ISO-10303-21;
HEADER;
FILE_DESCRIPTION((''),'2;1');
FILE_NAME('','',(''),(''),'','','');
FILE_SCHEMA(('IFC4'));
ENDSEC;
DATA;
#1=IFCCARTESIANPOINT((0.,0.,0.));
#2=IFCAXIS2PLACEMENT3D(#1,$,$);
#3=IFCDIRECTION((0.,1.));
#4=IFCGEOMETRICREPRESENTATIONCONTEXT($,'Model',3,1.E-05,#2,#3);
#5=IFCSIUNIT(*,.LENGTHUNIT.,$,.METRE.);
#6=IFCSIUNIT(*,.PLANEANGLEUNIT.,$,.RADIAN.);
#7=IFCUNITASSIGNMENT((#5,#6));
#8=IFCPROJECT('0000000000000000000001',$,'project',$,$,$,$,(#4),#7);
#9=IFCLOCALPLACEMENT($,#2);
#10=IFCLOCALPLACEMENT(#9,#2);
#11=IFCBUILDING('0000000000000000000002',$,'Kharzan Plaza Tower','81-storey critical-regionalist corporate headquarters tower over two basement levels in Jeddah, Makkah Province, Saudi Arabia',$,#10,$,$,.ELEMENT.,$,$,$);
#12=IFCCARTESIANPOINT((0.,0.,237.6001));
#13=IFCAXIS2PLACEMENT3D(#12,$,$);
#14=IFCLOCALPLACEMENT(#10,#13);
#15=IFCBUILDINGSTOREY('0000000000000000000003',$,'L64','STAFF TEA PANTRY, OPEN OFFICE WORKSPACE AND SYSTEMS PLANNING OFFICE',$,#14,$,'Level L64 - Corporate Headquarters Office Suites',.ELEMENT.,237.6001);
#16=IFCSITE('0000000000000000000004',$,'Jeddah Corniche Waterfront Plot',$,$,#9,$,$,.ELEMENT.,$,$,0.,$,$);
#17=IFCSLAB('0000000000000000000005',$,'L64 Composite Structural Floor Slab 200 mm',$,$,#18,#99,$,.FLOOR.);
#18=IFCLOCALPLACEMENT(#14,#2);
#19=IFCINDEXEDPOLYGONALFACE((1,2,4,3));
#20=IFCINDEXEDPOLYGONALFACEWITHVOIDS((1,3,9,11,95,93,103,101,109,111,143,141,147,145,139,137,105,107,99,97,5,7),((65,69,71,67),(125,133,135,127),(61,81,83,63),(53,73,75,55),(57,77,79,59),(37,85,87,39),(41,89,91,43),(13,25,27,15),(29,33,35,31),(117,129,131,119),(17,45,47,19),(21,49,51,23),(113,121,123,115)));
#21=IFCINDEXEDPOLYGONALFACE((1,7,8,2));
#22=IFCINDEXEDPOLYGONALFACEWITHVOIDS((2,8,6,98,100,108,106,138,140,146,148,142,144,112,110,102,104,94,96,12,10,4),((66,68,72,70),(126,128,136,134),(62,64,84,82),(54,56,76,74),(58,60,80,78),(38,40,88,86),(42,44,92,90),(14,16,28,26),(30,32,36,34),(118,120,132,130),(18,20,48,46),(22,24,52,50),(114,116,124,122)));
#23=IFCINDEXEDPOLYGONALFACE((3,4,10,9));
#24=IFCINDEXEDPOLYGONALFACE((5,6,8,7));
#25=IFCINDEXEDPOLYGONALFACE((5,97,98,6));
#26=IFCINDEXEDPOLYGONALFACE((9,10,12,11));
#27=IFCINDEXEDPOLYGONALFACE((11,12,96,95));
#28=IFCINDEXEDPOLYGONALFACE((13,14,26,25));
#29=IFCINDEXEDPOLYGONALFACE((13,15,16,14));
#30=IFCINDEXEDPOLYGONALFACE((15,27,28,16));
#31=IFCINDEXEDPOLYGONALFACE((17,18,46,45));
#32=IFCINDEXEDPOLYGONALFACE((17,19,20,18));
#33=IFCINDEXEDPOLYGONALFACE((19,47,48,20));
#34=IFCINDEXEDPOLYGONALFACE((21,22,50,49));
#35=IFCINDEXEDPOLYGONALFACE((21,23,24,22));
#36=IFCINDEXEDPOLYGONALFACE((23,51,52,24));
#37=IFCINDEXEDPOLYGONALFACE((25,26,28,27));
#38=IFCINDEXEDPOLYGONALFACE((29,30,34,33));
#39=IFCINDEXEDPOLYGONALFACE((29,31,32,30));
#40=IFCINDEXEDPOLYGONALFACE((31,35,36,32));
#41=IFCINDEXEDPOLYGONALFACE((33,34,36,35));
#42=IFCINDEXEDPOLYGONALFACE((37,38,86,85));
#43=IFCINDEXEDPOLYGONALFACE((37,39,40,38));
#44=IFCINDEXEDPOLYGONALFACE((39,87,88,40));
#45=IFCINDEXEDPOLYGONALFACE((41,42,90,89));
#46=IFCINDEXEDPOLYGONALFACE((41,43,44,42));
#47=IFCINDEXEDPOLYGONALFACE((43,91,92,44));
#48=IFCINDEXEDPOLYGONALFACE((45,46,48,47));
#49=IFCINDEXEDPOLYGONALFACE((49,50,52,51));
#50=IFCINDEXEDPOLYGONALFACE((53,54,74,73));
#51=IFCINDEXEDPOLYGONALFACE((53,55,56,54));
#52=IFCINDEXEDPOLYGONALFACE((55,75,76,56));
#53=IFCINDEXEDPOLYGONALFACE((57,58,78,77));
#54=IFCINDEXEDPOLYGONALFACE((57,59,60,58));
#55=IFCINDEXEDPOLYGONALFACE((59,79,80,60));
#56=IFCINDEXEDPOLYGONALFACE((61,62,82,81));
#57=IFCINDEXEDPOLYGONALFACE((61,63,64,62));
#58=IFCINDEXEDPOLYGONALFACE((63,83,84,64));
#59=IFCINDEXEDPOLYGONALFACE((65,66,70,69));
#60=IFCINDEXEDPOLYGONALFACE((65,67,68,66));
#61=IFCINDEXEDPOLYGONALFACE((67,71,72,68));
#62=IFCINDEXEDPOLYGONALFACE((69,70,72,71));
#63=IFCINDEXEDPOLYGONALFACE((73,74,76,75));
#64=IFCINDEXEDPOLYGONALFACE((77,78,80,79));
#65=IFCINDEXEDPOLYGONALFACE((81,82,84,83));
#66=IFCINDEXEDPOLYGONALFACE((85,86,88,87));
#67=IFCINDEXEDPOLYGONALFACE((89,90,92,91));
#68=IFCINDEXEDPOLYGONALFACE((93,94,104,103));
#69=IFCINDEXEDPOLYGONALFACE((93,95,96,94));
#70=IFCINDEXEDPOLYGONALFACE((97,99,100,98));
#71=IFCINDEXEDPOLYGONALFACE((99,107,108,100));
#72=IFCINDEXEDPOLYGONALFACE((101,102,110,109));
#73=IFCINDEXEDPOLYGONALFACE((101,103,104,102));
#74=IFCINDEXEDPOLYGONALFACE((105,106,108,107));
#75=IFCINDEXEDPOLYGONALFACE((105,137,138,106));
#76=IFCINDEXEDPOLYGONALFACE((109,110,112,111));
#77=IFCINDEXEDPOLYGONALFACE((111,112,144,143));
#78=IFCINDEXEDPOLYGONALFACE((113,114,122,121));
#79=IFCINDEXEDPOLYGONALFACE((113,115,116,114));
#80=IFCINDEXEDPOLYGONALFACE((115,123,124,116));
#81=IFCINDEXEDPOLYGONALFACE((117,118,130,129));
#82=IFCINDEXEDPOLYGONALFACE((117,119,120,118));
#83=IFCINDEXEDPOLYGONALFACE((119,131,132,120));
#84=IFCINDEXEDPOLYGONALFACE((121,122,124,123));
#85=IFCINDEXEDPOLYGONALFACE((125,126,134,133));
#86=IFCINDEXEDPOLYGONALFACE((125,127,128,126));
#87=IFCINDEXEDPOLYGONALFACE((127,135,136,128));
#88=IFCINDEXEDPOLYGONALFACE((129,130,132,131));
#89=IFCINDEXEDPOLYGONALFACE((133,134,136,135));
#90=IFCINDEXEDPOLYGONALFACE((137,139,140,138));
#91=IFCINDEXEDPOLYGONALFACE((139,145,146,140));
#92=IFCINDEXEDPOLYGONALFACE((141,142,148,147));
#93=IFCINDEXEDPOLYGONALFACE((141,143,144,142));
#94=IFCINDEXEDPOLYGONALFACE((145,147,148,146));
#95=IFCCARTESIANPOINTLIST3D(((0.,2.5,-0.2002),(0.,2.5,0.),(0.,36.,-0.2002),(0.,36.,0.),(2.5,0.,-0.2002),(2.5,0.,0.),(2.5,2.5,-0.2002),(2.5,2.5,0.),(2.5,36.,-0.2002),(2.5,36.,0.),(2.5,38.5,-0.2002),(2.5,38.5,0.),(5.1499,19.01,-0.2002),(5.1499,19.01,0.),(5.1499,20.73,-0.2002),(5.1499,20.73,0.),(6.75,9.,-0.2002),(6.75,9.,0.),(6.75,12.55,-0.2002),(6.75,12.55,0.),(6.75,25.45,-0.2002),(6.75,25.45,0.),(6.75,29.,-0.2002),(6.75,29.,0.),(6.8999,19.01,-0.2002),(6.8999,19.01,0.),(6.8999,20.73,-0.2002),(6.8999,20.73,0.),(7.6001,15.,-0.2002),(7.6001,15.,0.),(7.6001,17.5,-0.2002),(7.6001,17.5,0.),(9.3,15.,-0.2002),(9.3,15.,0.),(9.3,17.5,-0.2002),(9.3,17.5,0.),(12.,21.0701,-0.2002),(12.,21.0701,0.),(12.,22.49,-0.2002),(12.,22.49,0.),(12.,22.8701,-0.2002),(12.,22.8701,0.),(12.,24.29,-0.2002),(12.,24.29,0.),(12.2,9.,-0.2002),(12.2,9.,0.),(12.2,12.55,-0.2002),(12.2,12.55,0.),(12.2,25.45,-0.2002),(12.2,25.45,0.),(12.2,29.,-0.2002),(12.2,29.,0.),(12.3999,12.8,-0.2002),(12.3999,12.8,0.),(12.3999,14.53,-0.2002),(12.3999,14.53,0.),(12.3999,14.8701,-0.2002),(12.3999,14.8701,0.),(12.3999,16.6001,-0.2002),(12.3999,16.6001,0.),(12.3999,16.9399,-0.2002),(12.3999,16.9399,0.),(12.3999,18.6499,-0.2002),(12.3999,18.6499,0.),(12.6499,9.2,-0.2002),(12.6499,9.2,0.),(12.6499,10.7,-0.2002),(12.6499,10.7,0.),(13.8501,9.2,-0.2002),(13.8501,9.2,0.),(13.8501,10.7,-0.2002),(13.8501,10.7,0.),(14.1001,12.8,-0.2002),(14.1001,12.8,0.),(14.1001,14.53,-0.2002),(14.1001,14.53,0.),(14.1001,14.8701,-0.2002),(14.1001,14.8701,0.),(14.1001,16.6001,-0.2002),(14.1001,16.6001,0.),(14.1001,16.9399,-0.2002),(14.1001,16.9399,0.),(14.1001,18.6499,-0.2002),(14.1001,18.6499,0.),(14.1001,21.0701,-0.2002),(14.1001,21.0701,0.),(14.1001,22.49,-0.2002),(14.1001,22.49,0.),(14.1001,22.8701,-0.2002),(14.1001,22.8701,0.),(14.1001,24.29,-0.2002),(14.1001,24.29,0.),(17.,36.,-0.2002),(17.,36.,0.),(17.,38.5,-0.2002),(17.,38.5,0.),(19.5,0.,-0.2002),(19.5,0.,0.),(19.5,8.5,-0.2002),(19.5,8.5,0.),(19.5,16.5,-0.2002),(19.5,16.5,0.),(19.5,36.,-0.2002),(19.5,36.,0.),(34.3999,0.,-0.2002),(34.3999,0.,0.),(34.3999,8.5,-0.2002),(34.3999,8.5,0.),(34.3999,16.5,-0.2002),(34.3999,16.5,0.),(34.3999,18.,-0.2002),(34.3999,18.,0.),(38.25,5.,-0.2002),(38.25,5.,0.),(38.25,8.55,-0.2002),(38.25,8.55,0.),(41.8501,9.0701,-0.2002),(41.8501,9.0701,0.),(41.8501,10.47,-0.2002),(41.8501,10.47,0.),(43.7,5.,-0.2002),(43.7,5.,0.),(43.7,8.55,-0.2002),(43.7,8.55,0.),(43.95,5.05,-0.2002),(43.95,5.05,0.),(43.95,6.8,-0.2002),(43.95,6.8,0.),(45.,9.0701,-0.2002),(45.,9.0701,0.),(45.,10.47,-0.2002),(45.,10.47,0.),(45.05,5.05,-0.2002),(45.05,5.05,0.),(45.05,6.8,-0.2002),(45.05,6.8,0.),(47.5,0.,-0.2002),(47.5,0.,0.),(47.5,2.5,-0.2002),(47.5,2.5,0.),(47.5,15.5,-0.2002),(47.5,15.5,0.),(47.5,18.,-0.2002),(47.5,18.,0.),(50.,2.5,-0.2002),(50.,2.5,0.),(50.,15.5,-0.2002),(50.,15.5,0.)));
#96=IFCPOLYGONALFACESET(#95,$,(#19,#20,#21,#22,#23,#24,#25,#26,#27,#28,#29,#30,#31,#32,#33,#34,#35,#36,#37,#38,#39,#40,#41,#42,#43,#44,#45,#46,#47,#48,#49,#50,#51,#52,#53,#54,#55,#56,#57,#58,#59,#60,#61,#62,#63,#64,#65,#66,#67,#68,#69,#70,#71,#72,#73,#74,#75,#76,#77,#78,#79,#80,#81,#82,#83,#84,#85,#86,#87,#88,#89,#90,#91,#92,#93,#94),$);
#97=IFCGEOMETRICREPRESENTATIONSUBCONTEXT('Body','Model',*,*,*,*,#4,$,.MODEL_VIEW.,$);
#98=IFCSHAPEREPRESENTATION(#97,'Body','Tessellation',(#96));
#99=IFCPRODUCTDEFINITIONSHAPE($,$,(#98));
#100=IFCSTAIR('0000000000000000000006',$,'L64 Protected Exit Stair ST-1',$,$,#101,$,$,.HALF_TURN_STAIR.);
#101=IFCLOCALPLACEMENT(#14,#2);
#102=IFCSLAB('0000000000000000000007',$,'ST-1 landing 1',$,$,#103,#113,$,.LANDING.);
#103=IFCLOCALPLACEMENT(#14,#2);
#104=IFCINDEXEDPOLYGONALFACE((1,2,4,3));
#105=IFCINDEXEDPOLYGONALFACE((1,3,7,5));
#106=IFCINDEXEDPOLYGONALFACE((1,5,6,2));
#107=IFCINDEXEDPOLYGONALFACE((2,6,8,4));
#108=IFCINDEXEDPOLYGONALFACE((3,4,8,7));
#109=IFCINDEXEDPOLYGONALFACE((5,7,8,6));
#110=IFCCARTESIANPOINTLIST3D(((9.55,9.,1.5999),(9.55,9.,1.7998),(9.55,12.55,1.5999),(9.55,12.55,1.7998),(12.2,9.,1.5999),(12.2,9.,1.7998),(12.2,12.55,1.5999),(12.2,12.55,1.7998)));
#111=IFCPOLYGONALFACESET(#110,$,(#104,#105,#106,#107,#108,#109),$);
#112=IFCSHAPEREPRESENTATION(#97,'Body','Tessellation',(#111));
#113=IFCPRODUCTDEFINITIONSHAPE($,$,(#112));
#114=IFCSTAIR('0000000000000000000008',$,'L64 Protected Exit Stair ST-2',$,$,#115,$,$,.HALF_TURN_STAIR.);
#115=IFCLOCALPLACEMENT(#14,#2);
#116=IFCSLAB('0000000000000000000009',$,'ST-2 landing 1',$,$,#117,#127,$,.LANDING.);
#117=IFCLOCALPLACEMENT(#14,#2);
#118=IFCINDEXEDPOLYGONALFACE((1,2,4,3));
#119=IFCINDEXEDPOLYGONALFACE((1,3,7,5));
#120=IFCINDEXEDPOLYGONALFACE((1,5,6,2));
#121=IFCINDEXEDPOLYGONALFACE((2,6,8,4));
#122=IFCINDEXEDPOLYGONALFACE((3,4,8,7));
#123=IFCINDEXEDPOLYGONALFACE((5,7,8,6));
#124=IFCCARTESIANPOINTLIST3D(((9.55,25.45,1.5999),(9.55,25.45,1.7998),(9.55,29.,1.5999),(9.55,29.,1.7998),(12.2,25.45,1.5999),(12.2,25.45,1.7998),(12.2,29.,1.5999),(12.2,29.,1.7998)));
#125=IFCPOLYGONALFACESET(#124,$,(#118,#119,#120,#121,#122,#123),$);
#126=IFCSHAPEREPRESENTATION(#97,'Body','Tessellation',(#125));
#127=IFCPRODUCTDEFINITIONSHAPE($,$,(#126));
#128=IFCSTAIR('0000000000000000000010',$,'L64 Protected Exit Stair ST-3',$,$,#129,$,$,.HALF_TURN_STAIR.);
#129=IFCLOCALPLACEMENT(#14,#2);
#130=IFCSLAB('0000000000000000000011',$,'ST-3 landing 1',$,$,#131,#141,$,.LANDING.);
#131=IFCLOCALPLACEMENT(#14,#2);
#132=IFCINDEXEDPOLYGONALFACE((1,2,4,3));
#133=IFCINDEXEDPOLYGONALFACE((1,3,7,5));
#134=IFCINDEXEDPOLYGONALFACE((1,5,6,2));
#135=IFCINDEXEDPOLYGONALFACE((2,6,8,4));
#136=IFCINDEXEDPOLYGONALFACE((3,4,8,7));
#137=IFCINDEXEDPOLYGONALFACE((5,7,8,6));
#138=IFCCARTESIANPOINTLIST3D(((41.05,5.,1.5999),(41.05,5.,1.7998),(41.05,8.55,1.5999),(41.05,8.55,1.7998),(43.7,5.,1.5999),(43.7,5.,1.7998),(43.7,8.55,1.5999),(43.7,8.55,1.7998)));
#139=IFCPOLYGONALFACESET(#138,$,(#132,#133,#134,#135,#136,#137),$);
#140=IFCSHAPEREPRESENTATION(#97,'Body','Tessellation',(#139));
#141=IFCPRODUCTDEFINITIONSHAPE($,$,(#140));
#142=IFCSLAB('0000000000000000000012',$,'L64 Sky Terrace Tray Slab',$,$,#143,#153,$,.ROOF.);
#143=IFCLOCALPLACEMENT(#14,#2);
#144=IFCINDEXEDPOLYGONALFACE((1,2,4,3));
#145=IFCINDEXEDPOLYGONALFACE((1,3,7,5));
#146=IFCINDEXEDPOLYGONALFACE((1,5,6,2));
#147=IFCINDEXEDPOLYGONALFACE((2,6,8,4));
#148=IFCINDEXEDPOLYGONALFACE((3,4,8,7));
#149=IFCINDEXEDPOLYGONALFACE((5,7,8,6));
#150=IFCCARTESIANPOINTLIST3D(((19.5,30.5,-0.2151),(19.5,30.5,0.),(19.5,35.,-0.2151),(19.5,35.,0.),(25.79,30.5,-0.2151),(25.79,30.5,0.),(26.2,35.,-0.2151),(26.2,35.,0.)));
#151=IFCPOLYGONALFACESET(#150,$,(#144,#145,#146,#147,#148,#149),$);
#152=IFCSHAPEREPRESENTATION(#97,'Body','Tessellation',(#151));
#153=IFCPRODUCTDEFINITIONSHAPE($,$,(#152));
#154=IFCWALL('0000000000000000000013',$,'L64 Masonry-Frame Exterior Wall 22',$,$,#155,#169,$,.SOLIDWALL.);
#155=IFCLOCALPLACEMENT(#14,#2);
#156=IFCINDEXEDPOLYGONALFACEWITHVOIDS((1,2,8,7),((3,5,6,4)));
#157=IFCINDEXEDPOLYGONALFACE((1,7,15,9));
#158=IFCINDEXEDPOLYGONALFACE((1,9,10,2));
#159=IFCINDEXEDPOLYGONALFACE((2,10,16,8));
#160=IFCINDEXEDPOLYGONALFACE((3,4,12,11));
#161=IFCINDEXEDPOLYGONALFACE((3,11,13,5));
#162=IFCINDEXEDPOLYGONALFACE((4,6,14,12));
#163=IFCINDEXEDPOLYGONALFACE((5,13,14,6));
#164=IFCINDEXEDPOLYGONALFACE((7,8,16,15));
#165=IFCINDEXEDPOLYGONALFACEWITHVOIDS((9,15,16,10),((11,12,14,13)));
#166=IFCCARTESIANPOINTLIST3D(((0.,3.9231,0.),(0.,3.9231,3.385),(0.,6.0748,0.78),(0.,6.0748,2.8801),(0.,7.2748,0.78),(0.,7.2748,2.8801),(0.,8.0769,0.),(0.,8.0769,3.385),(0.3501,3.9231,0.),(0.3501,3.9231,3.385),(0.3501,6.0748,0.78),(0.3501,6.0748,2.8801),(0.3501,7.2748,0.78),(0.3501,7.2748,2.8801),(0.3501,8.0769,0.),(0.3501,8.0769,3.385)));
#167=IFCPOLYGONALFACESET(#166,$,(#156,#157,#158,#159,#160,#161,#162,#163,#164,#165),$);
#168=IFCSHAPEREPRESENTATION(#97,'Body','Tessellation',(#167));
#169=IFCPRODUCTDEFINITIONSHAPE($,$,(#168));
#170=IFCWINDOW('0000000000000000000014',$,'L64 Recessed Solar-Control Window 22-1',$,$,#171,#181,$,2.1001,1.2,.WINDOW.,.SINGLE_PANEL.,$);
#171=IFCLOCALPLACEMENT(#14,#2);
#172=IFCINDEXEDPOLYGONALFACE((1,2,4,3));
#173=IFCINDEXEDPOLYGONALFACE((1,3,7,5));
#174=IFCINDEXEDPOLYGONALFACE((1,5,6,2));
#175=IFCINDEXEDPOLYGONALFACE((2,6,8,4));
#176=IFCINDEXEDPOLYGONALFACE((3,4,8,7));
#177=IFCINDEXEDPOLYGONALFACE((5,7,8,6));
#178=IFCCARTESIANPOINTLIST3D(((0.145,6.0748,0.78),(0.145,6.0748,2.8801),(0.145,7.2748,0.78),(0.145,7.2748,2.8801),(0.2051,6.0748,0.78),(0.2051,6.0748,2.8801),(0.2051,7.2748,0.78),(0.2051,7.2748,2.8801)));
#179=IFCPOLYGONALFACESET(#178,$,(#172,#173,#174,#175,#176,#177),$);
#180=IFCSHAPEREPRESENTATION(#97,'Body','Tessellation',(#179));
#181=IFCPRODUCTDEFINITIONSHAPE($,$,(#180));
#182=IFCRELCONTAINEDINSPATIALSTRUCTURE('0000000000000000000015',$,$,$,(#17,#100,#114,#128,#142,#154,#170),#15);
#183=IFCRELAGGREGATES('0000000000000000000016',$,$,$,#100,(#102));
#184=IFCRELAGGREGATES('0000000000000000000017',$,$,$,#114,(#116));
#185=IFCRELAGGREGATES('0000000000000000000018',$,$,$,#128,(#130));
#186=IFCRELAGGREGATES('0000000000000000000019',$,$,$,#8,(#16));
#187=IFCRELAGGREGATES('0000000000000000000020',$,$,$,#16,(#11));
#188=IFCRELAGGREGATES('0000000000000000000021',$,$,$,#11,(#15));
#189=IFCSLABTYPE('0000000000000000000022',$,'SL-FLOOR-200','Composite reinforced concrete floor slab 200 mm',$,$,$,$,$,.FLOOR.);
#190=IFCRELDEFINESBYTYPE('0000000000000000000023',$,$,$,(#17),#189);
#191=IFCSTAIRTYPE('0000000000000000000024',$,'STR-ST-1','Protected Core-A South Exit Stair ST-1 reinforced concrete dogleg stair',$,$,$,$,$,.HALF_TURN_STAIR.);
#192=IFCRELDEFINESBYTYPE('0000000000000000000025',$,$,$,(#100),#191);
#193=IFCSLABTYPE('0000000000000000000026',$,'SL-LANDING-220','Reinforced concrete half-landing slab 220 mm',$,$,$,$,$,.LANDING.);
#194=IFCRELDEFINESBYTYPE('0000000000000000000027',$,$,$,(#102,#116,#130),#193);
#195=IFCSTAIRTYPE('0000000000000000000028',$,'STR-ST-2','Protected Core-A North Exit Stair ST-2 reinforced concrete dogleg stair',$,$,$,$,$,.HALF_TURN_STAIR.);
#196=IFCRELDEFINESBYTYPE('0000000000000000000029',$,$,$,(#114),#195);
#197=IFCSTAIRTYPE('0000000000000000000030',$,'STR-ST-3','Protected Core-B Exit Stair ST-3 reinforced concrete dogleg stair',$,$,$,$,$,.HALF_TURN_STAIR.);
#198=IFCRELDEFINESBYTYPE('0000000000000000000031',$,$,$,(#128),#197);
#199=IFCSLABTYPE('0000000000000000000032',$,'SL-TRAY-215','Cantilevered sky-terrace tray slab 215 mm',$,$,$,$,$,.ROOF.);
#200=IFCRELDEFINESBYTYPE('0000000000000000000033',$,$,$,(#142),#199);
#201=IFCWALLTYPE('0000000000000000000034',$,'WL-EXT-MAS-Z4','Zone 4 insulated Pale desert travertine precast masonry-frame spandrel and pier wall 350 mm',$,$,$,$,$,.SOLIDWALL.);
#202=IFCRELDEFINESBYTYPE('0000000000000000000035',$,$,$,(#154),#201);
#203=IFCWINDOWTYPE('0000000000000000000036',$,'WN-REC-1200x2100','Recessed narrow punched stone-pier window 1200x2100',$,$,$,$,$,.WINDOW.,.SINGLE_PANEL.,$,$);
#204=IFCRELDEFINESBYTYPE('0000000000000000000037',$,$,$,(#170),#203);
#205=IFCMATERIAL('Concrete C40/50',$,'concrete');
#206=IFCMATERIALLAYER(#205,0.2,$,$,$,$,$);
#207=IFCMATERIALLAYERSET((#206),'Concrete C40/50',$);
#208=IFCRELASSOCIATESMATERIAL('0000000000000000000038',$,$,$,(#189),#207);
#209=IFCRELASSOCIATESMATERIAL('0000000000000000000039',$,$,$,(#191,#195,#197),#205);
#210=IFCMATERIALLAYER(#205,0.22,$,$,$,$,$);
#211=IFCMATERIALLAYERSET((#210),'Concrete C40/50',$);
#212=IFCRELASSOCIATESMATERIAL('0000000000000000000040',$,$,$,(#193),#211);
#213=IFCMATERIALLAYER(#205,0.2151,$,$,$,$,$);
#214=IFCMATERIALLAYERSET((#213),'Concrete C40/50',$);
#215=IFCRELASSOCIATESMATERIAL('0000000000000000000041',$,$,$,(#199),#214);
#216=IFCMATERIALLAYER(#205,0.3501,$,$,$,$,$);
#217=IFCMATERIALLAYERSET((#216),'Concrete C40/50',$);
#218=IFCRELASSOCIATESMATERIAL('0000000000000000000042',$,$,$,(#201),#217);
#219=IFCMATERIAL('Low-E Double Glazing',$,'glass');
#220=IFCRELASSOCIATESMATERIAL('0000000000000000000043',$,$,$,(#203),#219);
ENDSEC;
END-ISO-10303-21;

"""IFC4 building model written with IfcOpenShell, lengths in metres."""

from ifc_helpers import new_model, si_unit, direction, frame, frame_2d, origin, place, context, subcontext, project, spatial, polyline, rectangle, outline, extrude, source, transform, mapped, material, layer, layer_set, type_object, element, fill, aggregate, save


model = new_model("IFC4")

# Units and contexts
model_context = context("Model", 3, precision=1e-05, world=origin(), true_north=direction((0.0, 1.0)))
body_context = subcontext(model_context, "Body", "Model", "MODEL_VIEW")
ifc_project = project(units=[si_unit("LENGTHUNIT", "METRE"), si_unit("PLANEANGLEUNIT", "RADIAN")], contexts=[model_context])

# Site, building, storey
site_placement = place(None, origin())
site = spatial("IfcSite", under=ifc_project, at=site_placement, Name="Jeddah Corniche Waterfront Plot", CompositionType="ELEMENT", RefElevation=0.0)
building_placement = place(site_placement, origin())
building = spatial("IfcBuilding", under=site, at=building_placement, Name="Kharzan Plaza Tower", Description="81-storey critical-regionalist corporate headquarters tower over two basement levels in Jeddah, Makkah Province, Saudi Arabia", CompositionType="ELEMENT")
storey_placement = place(building_placement, frame((0.0, 0.0, 237.6001)))
storey = spatial("IfcBuildingStorey", under=building, at=storey_placement, Name="L64", Description="STAFF TEA PANTRY, OPEN OFFICE WORKSPACE AND SYSTEMS PLANNING OFFICE", LongName="Level L64 - Corporate Headquarters Office Suites", CompositionType="ELEMENT", Elevation=237.6001)

# Slab
ifc_material_1 = material(Name="Concrete C40/50", Category="concrete")
ifc_layer_1 = layer(ifc_material_1, 0.2)
ifc_layer_set_1 = layer_set([ifc_layer_1], Name="Concrete C40/50")
slab_type_1 = type_object("IfcSlabType", Name="SL-FLOOR-200", Description="Composite reinforced concrete floor slab 200 mm", PredefinedType="FLOOR", material=ifc_layer_set_1)
slab_1_placement = place(storey_placement, frame((0.0, 0.0, -0.2002)))
element("IfcSlab", 1, at=slab_1_placement, inside=storey, type_object=slab_type_1, Name="L64 Composite Structural Floor Slab 200 mm", PredefinedType="FLOOR", context=body_context, shape_type="SweptSolid", body=[
    extrude(outline(polyline([(34.3999, 16.5), (19.5, 16.5), (19.5, 36.0), (17.0, 36.0), (17.0, 38.5), (2.5, 38.5), (2.5, 36.0), (0.0, 36.0), (0.0, 2.5), (2.5, 2.5), (2.5, 0.0), (19.5, 0.0), (19.5, 8.5), (34.3999, 8.5), (34.3999, 0.0), (47.5, 0.0), (47.5, 2.5), (50.0, 2.5), (50.0, 15.5), (47.5, 15.5), (47.5, 18.0), (34.3999, 18.0), (34.3999, 16.5)]), holes=[polyline([(12.2, 12.55), (6.75, 12.55), (6.75, 9.0), (12.2, 9.0), (12.2, 12.55)]), polyline([(14.1001, 12.8), (14.1001, 14.53), (12.3999, 14.53), (12.3999, 12.8), (14.1001, 12.8)]), polyline([(9.3, 15.0), (9.3, 17.5), (7.6001, 17.5), (7.6001, 15.0), (9.3, 15.0)]), polyline([(6.8999, 20.73), (5.1499, 20.73), (5.1499, 19.01), (6.8999, 19.01), (6.8999, 20.73)]), polyline([(14.1001, 21.0701), (14.1001, 22.49), (12.0, 22.49), (12.0, 21.0701), (14.1001, 21.0701)]), polyline([(14.1001, 22.8701), (14.1001, 24.29), (12.0, 24.29), (12.0, 22.8701), (14.1001, 22.8701)]), polyline([(12.2, 29.0), (6.75, 29.0), (6.75, 25.45), (12.2, 25.45), (12.2, 29.0)]), polyline([(45.05, 5.05), (45.05, 6.8), (43.95, 6.8), (43.95, 5.05), (45.05, 5.05)]), polyline([(43.7, 5.0), (43.7, 8.55), (38.25, 8.55), (38.25, 5.0), (43.7, 5.0)]), polyline([(45.0, 9.0701), (45.0, 10.47), (41.8501, 10.47), (41.8501, 9.0701), (45.0, 9.0701)]), polyline([(13.8501, 9.2), (13.8501, 10.7), (12.6499, 10.7), (12.6499, 9.2), (13.8501, 9.2)]), polyline([(14.1001, 14.8701), (14.1001, 16.6001), (12.3999, 16.6001), (12.3999, 14.8701), (14.1001, 14.8701)]), polyline([(14.1001, 16.9399), (14.1001, 18.6499), (12.3999, 18.6499), (12.3999, 16.9399), (14.1001, 16.9399)])]), origin(), (0.0, 0.0, 1.0), 0.2002),
])

# Stairs, slabs
stair_type_1 = type_object("IfcStairType", Name="STR-ST-1", Description="Protected Core-A South Exit Stair ST-1 reinforced concrete dogleg stair", PredefinedType="HALF_TURN_STAIR", material=ifc_material_1)
stair_1_placement = place(storey_placement, origin())
stair_1 = element("IfcStair", 2, at=stair_1_placement, inside=storey, type_object=stair_type_1, Name="L64 Protected Exit Stair ST-1", PredefinedType="HALF_TURN_STAIR")
ifc_layer_2 = layer(ifc_material_1, 0.22)
ifc_layer_set_2 = layer_set([ifc_layer_2], Name="Concrete C40/50")
slab_type_2 = type_object("IfcSlabType", Name="SL-LANDING-220", Description="Reinforced concrete half-landing slab 220 mm", PredefinedType="LANDING", material=ifc_layer_set_2)
slab_2_placement = place(storey_placement, frame((0.0, 0.0, 1.5999)))
slab_2 = element("IfcSlab", 3, at=slab_2_placement, type_object=slab_type_2, Name="ST-1 landing 1", PredefinedType="LANDING", context=body_context, shape_type="SweptSolid", body=[
    extrude(outline(polyline([(9.55, 9.0), (12.2, 9.0), (12.2, 12.55), (9.55, 12.55), (9.55, 9.0)])), origin(), (0.0, 0.0, 1.0), 0.2),
])
aggregate(stair_1, [slab_2])
stair_type_2 = type_object("IfcStairType", Name="STR-ST-2", Description="Protected Core-A North Exit Stair ST-2 reinforced concrete dogleg stair", PredefinedType="HALF_TURN_STAIR", material=ifc_material_1)
stair_2_placement = place(storey_placement, origin())
stair_2 = element("IfcStair", 4, at=stair_2_placement, inside=storey, type_object=stair_type_2, Name="L64 Protected Exit Stair ST-2", PredefinedType="HALF_TURN_STAIR")
slab_3_placement = place(storey_placement, frame((0.0, 0.0, 1.5999)))
slab_3 = element("IfcSlab", 5, at=slab_3_placement, type_object=slab_type_2, Name="ST-2 landing 1", PredefinedType="LANDING", context=body_context, shape_type="SweptSolid", body=[
    extrude(outline(polyline([(9.55, 25.45), (12.2, 25.45), (12.2, 29.0), (9.55, 29.0), (9.55, 25.45)])), origin(), (0.0, 0.0, 1.0), 0.2),
])
aggregate(stair_2, [slab_3])
stair_type_3 = type_object("IfcStairType", Name="STR-ST-3", Description="Protected Core-B Exit Stair ST-3 reinforced concrete dogleg stair", PredefinedType="HALF_TURN_STAIR", material=ifc_material_1)
stair_3_placement = place(storey_placement, origin())
stair_3 = element("IfcStair", 6, at=stair_3_placement, inside=storey, type_object=stair_type_3, Name="L64 Protected Exit Stair ST-3", PredefinedType="HALF_TURN_STAIR")
slab_4_placement = place(storey_placement, frame((0.0, 0.0, 1.5999)))
slab_4 = element("IfcSlab", 7, at=slab_4_placement, type_object=slab_type_2, Name="ST-3 landing 1", PredefinedType="LANDING", context=body_context, shape_type="SweptSolid", body=[
    extrude(outline(polyline([(41.05, 5.0), (43.7, 5.0), (43.7, 8.55), (41.05, 8.55), (41.05, 5.0)])), origin(), (0.0, 0.0, 1.0), 0.2),
])
aggregate(stair_3, [slab_4])

# Slab
ifc_layer_3 = layer(ifc_material_1, 0.2151)
ifc_layer_set_3 = layer_set([ifc_layer_3], Name="Concrete C40/50")
slab_type_3 = type_object("IfcSlabType", Name="SL-TRAY-215", Description="Cantilevered sky-terrace tray slab 215 mm", PredefinedType="ROOF", material=ifc_layer_set_3)
slab_5_placement = place(storey_placement, frame((0.0, 0.0, -0.2151)))
element("IfcSlab", 8, at=slab_5_placement, inside=storey, type_object=slab_type_3, Name="L64 Sky Terrace Tray Slab", PredefinedType="ROOF", context=body_context, shape_type="SweptSolid", body=[
    extrude(outline(polyline([(19.5, 30.5), (25.79, 30.5), (26.2, 35.0), (19.5, 35.0), (19.5, 30.5)])), origin(), (0.0, 0.0, 1.0), 0.2151),
])

# Wall, opening, window
ifc_layer_4 = layer(ifc_material_1, 0.3501)
ifc_layer_set_4 = layer_set([ifc_layer_4], Name="Concrete C40/50")
wall_type_1 = type_object("IfcWallType", Name="WL-EXT-MAS-Z4", Description="Zone 4 insulated Pale desert travertine precast masonry-frame spandrel and pier wall 350 mm", PredefinedType="SOLIDWALL", material=ifc_layer_set_4)
wall_1_placement = place(storey_placement, frame((0.175, 8.0769, 0.0), z_axis=(0.0, 0.0, 1.0), x_axis=(0.0, -1.0, 0.0)))
wall_1 = element("IfcWall", 9, at=wall_1_placement, inside=storey, type_object=wall_type_1, Name="L64 Masonry-Frame Exterior Wall 22", PredefinedType="SOLIDWALL", context=body_context, shape_type="SweptSolid", body=[
    extrude(rectangle(XDim=4.1538, YDim=0.3501, at=frame_2d((2.0769, 0.0))), origin(), (0.0, 0.0, 1.0), 3.385),
])
opening_1_placement = place(wall_1_placement, frame((0.802, 0.0, 0.78)))
opening_1 = element("IfcOpeningElement", 10, at=opening_1_placement, cuts=wall_1, PredefinedType="OPENING", context=body_context, shape_type="SweptSolid", body=[
    extrude(rectangle(XDim=1.2, YDim=2.1001, at=frame_2d((0.6001, 1.05))), frame((0.0, 0.1851, 0.0), z_axis=(0.0, -1.0, 0.0), x_axis=(1.0, 0.0, 0.0)), (0.0, 0.0, 1.0), 0.3701),
])
ifc_material_2 = material(Name="Low-E Double Glazing", Category="glass")
window_type_1 = type_object("IfcWindowType", Name="WN-REC-1200x2100", Description="Recessed narrow punched stone-pier window 1200x2100", PartitioningType="SINGLE_PANEL", PredefinedType="WINDOW", material=ifc_material_2)
shared_shape_1 = source(origin(), body_context, "Body", "SweptSolid", [
    extrude(rectangle(XDim=1.2, YDim=2.1001, at=frame_2d((0.6001, 1.05))), frame((0.0, 0.03, 0.0), z_axis=(0.0, -1.0, 0.0), x_axis=(1.0, 0.0, 0.0)), (0.0, 0.0, 1.0), 0.0601),
])
window_1_placement = place(opening_1_placement, origin())
window_1 = element("IfcWindow", 11, at=window_1_placement, inside=storey, type_object=window_type_1, Name="L64 Recessed Solar-Control Window 22-1", OverallHeight=2.1001, OverallWidth=1.2, PartitioningType="SINGLE_PANEL", PredefinedType="WINDOW", context=body_context, shape_type="MappedRepresentation", body=[
    mapped(shared_shape_1, transform((0.0, 0.0, 0.0), x_axis=(1.0, 0.0, 0.0), y_axis=(0.0, 1.0, 0.0), z_axis=(0.0, 0.0, 1.0))),
])
fill(opening_1, window_1)

save(model, "model.ifc")
